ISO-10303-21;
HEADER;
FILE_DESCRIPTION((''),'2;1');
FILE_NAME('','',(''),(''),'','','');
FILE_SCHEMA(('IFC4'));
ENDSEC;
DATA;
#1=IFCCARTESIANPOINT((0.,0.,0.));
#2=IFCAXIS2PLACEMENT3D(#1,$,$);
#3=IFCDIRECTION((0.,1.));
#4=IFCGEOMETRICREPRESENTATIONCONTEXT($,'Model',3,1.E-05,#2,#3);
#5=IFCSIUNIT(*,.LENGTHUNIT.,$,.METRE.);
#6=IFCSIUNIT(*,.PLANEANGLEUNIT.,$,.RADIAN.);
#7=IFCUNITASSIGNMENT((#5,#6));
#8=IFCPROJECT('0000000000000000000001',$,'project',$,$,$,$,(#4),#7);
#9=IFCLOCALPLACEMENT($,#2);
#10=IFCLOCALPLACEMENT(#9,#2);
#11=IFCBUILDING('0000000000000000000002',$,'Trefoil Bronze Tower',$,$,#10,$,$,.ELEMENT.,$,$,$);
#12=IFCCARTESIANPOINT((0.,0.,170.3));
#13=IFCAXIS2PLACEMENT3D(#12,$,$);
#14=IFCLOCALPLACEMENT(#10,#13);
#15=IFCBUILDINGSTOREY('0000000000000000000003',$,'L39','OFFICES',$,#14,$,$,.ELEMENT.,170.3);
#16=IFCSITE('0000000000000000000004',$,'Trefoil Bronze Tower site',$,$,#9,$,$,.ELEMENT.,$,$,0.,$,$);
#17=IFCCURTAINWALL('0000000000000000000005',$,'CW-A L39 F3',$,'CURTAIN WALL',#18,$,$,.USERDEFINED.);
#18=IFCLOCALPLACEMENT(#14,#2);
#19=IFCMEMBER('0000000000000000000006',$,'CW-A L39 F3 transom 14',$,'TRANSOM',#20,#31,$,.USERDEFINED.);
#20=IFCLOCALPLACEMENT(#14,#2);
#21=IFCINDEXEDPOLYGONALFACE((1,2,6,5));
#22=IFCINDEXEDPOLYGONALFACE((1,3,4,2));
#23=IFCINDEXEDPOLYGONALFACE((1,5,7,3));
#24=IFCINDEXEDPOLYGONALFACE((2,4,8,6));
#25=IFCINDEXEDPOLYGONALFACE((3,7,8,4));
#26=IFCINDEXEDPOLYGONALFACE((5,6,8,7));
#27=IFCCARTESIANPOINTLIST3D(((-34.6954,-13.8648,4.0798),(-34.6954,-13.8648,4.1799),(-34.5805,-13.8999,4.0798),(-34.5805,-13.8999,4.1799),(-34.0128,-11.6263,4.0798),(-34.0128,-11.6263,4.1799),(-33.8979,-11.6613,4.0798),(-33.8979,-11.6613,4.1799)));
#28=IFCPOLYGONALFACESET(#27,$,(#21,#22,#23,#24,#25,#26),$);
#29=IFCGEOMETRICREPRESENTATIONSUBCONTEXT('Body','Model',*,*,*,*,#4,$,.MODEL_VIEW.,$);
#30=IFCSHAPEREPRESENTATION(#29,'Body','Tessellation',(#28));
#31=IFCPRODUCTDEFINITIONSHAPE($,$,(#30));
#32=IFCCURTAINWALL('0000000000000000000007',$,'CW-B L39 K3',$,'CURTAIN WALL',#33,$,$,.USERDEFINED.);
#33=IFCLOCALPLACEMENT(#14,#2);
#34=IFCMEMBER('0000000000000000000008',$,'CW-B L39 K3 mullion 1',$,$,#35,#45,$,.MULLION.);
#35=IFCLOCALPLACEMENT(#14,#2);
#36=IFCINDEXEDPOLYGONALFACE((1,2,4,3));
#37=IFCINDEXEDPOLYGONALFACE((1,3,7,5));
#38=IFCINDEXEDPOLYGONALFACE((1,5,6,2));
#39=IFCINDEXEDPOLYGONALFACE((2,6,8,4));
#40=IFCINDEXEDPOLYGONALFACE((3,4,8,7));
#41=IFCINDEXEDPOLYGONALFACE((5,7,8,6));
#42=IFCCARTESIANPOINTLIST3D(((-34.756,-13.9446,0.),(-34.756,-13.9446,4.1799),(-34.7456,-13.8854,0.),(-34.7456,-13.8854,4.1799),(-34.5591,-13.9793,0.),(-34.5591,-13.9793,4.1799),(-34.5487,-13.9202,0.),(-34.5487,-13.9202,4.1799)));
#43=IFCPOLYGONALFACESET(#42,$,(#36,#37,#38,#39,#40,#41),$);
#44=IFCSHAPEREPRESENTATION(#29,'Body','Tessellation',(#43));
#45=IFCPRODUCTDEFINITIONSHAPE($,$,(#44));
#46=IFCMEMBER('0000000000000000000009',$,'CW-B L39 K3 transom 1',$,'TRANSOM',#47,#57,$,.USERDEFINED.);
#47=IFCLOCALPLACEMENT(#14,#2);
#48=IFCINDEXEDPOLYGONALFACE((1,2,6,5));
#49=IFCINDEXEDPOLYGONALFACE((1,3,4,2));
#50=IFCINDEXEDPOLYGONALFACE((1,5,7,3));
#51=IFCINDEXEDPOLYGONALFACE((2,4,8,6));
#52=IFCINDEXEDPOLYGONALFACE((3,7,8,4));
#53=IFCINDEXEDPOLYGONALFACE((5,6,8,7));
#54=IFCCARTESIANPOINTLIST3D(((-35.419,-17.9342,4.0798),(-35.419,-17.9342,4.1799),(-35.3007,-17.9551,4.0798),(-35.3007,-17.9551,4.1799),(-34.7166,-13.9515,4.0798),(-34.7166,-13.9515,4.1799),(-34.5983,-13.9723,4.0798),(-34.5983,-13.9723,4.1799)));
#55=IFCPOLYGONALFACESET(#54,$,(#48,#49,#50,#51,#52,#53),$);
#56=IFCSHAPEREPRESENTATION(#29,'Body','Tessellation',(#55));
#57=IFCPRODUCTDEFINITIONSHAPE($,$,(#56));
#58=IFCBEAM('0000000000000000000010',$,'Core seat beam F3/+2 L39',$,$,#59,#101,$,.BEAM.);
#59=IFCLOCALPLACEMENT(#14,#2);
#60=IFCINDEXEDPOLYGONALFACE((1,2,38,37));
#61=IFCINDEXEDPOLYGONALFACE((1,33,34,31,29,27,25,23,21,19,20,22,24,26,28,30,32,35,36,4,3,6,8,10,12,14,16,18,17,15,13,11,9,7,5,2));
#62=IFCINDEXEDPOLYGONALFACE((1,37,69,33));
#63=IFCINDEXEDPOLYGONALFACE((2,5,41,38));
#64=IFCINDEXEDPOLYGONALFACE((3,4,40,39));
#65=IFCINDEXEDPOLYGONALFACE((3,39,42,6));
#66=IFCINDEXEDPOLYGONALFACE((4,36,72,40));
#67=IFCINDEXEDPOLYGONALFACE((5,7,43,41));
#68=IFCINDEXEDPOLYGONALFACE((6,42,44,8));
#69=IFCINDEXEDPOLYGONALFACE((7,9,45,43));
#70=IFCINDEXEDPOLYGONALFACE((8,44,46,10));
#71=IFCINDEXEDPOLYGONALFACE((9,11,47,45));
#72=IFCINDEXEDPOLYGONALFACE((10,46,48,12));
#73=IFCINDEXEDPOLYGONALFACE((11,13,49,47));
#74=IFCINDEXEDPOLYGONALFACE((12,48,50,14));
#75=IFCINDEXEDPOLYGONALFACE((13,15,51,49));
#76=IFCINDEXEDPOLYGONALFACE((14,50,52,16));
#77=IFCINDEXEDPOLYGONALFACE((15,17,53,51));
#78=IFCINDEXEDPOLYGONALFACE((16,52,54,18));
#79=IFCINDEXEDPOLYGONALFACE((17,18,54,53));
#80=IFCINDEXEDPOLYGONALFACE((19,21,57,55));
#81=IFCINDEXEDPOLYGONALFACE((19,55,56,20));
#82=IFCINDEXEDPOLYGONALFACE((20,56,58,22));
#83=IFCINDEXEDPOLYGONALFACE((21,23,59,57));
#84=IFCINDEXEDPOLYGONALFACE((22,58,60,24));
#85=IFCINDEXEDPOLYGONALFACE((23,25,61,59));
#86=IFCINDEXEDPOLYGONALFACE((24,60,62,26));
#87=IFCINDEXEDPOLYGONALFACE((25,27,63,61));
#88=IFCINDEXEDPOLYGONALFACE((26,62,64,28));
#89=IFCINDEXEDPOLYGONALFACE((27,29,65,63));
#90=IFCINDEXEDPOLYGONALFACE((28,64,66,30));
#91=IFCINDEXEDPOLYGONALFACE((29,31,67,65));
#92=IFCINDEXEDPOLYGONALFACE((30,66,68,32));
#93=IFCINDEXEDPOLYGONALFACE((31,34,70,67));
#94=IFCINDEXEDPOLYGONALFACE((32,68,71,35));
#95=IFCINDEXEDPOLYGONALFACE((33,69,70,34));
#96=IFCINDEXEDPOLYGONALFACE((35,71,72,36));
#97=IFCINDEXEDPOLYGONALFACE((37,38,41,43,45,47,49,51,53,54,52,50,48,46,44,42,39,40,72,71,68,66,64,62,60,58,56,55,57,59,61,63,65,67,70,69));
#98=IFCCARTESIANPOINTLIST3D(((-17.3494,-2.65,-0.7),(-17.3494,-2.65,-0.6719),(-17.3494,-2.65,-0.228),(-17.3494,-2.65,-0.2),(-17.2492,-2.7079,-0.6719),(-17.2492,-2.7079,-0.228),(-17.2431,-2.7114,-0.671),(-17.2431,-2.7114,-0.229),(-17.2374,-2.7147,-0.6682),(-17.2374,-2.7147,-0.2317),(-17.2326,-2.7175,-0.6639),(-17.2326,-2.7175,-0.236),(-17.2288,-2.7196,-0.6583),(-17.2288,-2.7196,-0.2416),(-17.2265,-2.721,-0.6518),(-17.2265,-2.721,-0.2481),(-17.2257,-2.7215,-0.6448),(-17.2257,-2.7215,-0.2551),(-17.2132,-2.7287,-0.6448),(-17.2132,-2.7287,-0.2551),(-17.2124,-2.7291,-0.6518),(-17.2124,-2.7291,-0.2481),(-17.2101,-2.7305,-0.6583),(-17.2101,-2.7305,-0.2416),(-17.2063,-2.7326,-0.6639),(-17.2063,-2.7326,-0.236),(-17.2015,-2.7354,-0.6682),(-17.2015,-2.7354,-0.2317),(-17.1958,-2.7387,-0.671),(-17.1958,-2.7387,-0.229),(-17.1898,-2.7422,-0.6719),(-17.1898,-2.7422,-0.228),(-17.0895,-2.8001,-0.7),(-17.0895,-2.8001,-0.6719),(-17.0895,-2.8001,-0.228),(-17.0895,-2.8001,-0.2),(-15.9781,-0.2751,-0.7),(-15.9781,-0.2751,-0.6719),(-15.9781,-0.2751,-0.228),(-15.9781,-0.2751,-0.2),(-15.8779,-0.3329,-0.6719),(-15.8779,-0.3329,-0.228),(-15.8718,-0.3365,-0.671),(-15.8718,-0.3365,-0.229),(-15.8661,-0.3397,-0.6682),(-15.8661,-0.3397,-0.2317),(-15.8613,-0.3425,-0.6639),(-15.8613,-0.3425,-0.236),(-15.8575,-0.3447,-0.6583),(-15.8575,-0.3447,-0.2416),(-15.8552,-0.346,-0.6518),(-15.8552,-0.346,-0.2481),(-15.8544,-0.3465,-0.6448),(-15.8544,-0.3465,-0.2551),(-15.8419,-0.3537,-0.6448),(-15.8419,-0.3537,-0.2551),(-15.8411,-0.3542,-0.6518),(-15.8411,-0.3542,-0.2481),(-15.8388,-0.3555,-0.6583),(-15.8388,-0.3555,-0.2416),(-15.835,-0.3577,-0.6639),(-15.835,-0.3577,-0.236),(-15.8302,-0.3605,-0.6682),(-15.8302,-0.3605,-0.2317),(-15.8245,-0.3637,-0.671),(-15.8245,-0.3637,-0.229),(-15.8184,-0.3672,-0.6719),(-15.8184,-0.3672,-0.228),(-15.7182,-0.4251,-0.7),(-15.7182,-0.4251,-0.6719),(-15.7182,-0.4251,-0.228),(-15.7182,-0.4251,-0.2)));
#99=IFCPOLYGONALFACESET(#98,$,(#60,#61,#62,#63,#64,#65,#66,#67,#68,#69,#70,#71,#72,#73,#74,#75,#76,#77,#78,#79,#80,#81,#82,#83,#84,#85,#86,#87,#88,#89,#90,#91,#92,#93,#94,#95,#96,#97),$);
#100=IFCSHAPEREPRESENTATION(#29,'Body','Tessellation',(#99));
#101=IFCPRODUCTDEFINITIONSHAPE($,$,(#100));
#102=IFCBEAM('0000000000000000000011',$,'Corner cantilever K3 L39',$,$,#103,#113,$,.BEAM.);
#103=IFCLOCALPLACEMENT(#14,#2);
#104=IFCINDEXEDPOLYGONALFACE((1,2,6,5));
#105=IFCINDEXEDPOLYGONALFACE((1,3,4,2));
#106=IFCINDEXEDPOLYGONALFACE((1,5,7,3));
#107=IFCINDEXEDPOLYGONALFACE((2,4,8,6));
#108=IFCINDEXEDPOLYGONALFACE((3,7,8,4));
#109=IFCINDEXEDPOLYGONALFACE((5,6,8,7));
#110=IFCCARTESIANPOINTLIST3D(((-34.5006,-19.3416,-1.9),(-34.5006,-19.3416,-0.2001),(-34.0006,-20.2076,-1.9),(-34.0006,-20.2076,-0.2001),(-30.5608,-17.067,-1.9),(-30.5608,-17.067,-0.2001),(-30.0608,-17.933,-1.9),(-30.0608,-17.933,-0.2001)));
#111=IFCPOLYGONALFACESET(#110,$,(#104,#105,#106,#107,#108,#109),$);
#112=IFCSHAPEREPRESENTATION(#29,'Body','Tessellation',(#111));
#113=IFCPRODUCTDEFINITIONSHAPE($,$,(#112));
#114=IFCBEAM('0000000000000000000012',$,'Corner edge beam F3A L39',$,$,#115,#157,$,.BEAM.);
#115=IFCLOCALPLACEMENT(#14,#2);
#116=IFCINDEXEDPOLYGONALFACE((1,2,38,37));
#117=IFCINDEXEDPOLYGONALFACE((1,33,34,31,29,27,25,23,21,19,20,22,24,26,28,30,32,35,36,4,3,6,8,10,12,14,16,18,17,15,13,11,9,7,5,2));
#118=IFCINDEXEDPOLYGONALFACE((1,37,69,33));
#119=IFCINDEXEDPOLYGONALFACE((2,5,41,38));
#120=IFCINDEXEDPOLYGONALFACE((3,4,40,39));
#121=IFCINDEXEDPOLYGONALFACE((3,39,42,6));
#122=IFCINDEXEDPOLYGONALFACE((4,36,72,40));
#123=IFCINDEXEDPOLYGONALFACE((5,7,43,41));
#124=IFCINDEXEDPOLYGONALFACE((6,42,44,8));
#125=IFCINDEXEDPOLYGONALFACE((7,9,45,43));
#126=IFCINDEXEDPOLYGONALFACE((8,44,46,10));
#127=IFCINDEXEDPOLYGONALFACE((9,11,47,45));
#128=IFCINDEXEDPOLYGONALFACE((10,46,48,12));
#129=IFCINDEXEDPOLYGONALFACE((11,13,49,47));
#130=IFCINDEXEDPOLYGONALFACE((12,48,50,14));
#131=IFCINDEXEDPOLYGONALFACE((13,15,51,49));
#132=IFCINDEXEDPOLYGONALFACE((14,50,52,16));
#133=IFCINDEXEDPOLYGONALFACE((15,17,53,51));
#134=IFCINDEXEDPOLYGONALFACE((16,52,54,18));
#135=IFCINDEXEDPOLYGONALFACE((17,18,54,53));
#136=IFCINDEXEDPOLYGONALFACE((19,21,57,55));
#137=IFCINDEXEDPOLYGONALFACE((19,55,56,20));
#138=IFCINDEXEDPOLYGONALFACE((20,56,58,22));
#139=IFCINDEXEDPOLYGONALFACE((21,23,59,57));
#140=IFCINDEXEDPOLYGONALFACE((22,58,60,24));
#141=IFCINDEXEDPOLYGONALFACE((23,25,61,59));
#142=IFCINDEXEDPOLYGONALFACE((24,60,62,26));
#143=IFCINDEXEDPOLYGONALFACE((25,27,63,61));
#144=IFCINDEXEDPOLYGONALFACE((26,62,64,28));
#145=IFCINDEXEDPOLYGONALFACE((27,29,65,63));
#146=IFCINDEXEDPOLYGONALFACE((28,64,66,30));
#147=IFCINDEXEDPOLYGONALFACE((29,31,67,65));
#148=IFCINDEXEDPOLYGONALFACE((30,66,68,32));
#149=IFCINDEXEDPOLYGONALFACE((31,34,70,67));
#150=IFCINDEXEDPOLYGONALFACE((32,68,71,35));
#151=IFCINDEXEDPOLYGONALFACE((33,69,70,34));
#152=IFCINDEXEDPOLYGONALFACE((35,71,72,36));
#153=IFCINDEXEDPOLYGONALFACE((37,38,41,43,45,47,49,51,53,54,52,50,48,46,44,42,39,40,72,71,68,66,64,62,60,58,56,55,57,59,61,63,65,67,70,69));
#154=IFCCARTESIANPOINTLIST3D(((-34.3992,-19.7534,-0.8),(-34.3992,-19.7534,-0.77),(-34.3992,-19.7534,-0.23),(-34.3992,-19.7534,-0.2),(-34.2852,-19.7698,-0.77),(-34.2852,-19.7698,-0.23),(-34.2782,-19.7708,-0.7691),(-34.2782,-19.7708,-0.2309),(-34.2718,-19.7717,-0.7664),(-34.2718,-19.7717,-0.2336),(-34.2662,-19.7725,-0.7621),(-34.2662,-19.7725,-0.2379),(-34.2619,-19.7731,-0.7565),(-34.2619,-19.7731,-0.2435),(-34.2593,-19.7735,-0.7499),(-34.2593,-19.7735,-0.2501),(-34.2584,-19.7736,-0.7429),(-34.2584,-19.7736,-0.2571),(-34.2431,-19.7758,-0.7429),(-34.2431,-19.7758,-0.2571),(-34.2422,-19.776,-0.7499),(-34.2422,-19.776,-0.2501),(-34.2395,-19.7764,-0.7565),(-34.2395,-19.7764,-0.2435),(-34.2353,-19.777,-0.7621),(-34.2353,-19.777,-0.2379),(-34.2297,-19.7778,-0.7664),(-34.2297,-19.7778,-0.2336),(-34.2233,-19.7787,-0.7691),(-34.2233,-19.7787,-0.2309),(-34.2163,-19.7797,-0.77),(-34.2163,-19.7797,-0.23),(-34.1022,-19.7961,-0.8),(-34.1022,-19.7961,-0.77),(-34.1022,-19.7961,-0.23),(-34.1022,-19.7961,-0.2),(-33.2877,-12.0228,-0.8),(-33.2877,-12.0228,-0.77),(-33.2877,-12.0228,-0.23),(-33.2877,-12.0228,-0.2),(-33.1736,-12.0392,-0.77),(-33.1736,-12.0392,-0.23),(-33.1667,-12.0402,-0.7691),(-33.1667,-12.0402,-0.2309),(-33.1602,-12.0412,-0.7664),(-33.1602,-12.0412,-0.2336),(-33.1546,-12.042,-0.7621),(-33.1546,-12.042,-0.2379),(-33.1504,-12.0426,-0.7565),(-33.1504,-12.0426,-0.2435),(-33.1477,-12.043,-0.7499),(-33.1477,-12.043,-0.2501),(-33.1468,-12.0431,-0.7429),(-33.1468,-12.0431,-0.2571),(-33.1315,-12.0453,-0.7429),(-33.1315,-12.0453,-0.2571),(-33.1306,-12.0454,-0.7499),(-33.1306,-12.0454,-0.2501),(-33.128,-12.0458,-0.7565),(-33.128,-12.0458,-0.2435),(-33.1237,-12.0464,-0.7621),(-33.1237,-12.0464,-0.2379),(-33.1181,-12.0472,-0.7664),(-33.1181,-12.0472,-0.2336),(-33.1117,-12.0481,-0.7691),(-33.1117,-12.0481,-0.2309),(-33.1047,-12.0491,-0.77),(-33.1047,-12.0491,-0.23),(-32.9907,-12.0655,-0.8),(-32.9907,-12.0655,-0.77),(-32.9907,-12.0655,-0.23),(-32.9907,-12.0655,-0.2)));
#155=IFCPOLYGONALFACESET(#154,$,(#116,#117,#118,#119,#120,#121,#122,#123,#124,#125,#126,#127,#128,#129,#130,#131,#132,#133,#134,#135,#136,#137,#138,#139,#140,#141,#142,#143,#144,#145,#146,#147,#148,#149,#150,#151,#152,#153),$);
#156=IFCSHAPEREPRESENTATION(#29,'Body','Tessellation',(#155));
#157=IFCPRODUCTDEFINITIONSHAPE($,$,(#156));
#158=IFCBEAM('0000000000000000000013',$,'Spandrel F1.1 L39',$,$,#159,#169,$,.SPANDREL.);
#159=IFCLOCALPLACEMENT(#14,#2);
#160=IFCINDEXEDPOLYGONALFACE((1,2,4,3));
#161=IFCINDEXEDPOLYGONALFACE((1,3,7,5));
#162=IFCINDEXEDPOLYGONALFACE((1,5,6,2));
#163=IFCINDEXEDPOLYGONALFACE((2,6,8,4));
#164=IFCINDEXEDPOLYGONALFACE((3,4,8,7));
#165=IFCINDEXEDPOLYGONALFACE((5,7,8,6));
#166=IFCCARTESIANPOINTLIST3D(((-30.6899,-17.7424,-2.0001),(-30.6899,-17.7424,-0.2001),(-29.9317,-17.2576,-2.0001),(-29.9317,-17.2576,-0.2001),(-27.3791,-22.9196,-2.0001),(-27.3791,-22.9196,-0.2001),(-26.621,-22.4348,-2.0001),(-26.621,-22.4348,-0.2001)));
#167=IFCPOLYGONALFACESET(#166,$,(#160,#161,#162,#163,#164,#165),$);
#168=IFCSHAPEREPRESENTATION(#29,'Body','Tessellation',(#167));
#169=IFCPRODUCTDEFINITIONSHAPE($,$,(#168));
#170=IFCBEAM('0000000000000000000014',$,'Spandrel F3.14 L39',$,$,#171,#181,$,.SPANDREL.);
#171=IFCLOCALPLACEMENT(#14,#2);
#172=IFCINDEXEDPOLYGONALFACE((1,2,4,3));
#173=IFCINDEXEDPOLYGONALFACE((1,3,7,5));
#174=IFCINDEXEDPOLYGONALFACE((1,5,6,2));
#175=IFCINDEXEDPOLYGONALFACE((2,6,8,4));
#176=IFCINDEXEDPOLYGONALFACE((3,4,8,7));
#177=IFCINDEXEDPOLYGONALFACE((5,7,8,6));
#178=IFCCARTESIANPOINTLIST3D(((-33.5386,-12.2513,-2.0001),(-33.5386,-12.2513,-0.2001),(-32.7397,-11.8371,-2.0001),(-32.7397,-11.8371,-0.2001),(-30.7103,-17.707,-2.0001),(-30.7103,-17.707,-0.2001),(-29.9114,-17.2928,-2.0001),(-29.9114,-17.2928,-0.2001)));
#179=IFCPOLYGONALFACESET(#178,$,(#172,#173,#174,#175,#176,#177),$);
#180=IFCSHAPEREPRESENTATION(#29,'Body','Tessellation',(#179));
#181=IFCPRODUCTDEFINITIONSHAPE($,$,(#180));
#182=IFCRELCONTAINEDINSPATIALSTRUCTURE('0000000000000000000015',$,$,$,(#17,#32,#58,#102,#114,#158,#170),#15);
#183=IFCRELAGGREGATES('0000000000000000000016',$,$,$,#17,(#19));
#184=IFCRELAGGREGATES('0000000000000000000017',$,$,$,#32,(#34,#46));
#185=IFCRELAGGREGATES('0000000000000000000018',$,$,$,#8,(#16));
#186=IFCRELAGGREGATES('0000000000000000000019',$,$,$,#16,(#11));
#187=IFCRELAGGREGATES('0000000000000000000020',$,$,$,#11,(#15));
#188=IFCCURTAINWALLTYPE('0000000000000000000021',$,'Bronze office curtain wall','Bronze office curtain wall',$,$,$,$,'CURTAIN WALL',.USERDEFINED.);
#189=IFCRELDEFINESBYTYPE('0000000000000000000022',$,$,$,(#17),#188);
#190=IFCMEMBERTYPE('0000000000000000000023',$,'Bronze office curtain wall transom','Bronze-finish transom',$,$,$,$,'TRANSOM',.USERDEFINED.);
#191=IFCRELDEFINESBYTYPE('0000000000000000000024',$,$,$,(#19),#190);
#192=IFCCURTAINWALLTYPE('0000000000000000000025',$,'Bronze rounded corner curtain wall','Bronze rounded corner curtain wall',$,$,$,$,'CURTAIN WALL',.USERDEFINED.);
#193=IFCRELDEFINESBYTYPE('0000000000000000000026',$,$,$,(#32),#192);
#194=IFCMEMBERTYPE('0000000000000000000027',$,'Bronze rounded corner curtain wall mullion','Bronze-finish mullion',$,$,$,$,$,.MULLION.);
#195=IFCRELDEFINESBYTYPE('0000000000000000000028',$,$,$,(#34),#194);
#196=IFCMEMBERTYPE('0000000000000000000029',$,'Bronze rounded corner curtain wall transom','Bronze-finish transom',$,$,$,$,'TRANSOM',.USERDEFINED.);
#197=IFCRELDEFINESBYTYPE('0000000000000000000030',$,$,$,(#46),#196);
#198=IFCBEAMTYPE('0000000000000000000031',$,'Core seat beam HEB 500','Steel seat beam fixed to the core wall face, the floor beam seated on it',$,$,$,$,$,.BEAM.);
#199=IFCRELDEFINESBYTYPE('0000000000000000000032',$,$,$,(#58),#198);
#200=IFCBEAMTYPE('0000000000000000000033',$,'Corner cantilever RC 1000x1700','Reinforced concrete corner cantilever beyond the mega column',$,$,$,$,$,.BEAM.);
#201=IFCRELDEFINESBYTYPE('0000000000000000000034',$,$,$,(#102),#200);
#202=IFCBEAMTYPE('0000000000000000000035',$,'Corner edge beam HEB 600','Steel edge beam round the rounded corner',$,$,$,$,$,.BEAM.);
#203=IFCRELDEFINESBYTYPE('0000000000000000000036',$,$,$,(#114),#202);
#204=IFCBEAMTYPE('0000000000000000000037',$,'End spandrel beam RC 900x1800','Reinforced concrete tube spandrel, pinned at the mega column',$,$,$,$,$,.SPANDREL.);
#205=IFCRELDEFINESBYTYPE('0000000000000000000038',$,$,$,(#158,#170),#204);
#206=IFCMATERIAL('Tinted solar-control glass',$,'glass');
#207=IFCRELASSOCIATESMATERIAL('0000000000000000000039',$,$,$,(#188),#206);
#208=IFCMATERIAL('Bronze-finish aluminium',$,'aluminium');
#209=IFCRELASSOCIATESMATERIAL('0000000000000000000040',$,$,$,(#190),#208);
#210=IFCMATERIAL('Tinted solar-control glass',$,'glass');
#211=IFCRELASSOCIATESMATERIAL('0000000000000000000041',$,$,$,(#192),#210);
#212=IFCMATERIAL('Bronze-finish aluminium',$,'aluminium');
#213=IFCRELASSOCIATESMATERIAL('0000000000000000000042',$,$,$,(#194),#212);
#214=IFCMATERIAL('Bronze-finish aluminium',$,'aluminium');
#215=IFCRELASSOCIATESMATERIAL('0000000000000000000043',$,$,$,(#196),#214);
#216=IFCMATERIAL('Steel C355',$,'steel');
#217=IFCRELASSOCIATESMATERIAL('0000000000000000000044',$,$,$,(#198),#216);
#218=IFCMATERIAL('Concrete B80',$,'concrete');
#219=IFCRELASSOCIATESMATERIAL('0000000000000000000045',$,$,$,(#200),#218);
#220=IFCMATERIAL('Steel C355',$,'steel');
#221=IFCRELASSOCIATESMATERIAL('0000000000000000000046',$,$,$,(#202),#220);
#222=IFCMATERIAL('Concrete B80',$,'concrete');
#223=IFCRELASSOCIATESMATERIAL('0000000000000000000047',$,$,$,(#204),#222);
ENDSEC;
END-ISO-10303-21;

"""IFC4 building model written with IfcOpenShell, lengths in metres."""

from ifc_helpers import new_model, si_unit, direction, frame, origin, origin_2d, place, context, subcontext, project, spatial, rectangle, i_section, extrude, material, material_profile, profile_set, type_object, element, aggregate, save


model = new_model("IFC4")

# Units and contexts
model_context = context("Model", 3, precision=1e-05, world=origin(), true_north=direction((0.0, 1.0)))
body_context = subcontext(model_context, "Body", "Model", "MODEL_VIEW")
ifc_project = project(units=[si_unit("LENGTHUNIT", "METRE"), si_unit("PLANEANGLEUNIT", "RADIAN")], contexts=[model_context])

# Site, building, storey
site_placement = place(None, origin())
site = spatial("IfcSite", under=ifc_project, at=site_placement, Name="Trefoil Bronze Tower site", CompositionType="ELEMENT", RefElevation=0.0)
building_placement = place(site_placement, origin())
building = spatial("IfcBuilding", under=site, at=building_placement, Name="Trefoil Bronze Tower", CompositionType="ELEMENT")
storey_placement = place(building_placement, frame((0.0, 0.0, 170.3)))
storey = spatial("IfcBuildingStorey", under=building, at=storey_placement, Name="L39", Description="OFFICES", CompositionType="ELEMENT", Elevation=170.3)

# Curtain walls, members
ifc_material_1 = material(Name="Tinted solar-control glass", Category="glass")
curtain_wall_type_1 = type_object("IfcCurtainWallType", Name="Bronze office curtain wall", Description="Bronze office curtain wall", ElementType="CURTAIN WALL", PredefinedType="USERDEFINED", material=ifc_material_1)
curtain_wall_1_placement = place(storey_placement, origin())
curtain_wall_1 = element("IfcCurtainWall", 1, at=curtain_wall_1_placement, inside=storey, type_object=curtain_wall_type_1, Name="CW-A L39 F3", ObjectType="CURTAIN WALL", PredefinedType="USERDEFINED")
ifc_material_2 = material(Name="Bronze-finish aluminium", Category="aluminium")
ifc_material_profile_1 = material_profile(ifc_material_2, rectangle(XDim=0.1201, YDim=0.1001, at=origin_2d()), Name="CW-A transom")
ifc_profile_set_1 = profile_set([ifc_material_profile_1], Name="Bronze-finish aluminium")
member_type_1 = type_object("IfcMemberType", Name="Bronze office curtain wall transom", Description="Bronze-finish transom", ElementType="TRANSOM", PredefinedType="USERDEFINED", material=ifc_profile_set_1)
member_1_placement = place(storey_placement, frame((-33.9553, -11.6438, 4.1299), z_axis=(-0.29168, -0.956516, 0.0), x_axis=(0.956516, -0.29168, 0.0)))
member_1 = element("IfcMember", 2, at=member_1_placement, type_object=member_type_1, Name="CW-A L39 F3 transom 14", ObjectType="TRANSOM", PredefinedType="USERDEFINED", context=body_context, shape_type="SweptSolid", body=[
    extrude(rectangle(XDim=0.1201, YDim=0.1001, at=origin_2d()), origin(), (0.0, 0.0, 1.0), 2.3403),
])
ifc_material_3 = material(Name="Tinted solar-control glass", Category="glass")
curtain_wall_type_2 = type_object("IfcCurtainWallType", Name="Bronze rounded corner curtain wall", Description="Bronze rounded corner curtain wall", ElementType="CURTAIN WALL", PredefinedType="USERDEFINED", material=ifc_material_3)
curtain_wall_2_placement = place(storey_placement, origin())
curtain_wall_2 = element("IfcCurtainWall", 3, at=curtain_wall_2_placement, inside=storey, type_object=curtain_wall_type_2, Name="CW-B L39 K3", ObjectType="CURTAIN WALL", PredefinedType="USERDEFINED")
ifc_material_4 = material(Name="Bronze-finish aluminium", Category="aluminium")
ifc_material_profile_2 = material_profile(ifc_material_4, rectangle(XDim=0.2, YDim=0.0601, at=origin_2d()), Name="CW-B mullion")
ifc_profile_set_2 = profile_set([ifc_material_profile_2], Name="Bronze-finish aluminium")
member_type_2 = type_object("IfcMemberType", Name="Bronze rounded corner curtain wall mullion", Description="Bronze-finish mullion", PredefinedType="MULLION", material=ifc_profile_set_2)
member_2_placement = place(storey_placement, frame((-34.6523, -13.9324, 0.0), z_axis=(0.0, 0.0, 1.0), x_axis=(0.984808, -0.173648, 0.0)))
member_2 = element("IfcMember", 4, at=member_2_placement, type_object=member_type_2, Name="CW-B L39 K3 mullion 1", PredefinedType="MULLION", context=body_context, shape_type="SweptSolid", body=[
    extrude(rectangle(XDim=0.2, YDim=0.0601, at=origin_2d()), origin(), (0.0, 0.0, 1.0), 4.1799),
])
ifc_material_5 = material(Name="Bronze-finish aluminium", Category="aluminium")
ifc_material_profile_3 = material_profile(ifc_material_5, rectangle(XDim=0.1201, YDim=0.1001, at=origin_2d()), Name="CW-B transom")
ifc_profile_set_3 = profile_set([ifc_material_profile_3], Name="Bronze-finish aluminium")
member_type_3 = type_object("IfcMemberType", Name="Bronze rounded corner curtain wall transom", Description="Bronze-finish transom", ElementType="TRANSOM", PredefinedType="USERDEFINED", material=ifc_profile_set_3)
member_3_placement = place(storey_placement, frame((-34.6575, -13.9619, 4.1299), z_axis=(-0.173682, -0.984802, 0.0), x_axis=(0.984802, -0.173682, 0.0)))
member_3 = element("IfcMember", 5, at=member_3_placement, type_object=member_type_3, Name="CW-B L39 K3 transom 1", ObjectType="TRANSOM", PredefinedType="USERDEFINED", context=body_context, shape_type="SweptSolid", body=[
    extrude(rectangle(XDim=0.1201, YDim=0.1001, at=origin_2d()), origin(), (0.0, 0.0, 1.0), 4.0442),
])

# Beams
ifc_material_6 = material(Name="Steel C355", Category="steel")
ifc_material_profile_4 = material_profile(ifc_material_6, i_section(OverallWidth=0.3, OverallDepth=0.5, WebThickness=0.0144, FlangeThickness=0.0281, FilletRadius=0.0271, at=origin_2d()), Name="HEB 500")
ifc_profile_set_4 = profile_set([ifc_material_profile_4], Name="Steel C355")
beam_type_1 = type_object("IfcBeamType", Name="Core seat beam HEB 500", Description="Steel seat beam fixed to the core wall face, the floor beam seated on it", PredefinedType="BEAM", material=ifc_profile_set_4)
beam_1_placement = place(storey_placement, frame((-15.8481, -0.3501, -0.45), z_axis=(-0.500036, -0.866005, 0.0), x_axis=(0.866005, -0.500036, 0.0)))
element("IfcBeam", 6, at=beam_1_placement, inside=storey, type_object=beam_type_1, Name="Core seat beam F3/+2 L39", PredefinedType="BEAM", context=body_context, shape_type="SweptSolid", body=[
    extrude(i_section(OverallWidth=0.3, OverallDepth=0.5, WebThickness=0.0144, FlangeThickness=0.0281, FilletRadius=0.0271, at=origin_2d()), origin(), (0.0, 0.0, 1.0), 2.7424),
])
ifc_material_7 = material(Name="Concrete B80", Category="concrete")
ifc_material_profile_5 = material_profile(ifc_material_7, rectangle(XDim=1.0, YDim=1.7, at=origin_2d()), Name="RC 1000x1700")
ifc_profile_set_5 = profile_set([ifc_material_profile_5], Name="Concrete B80")
beam_type_2 = type_object("IfcBeamType", Name="Corner cantilever RC 1000x1700", Description="Reinforced concrete corner cantilever beyond the mega column", PredefinedType="BEAM", material=ifc_profile_set_5)
beam_2_placement = place(storey_placement, frame((-30.3108, -17.5, -1.05), z_axis=(-0.866032, -0.499989, 0.0), x_axis=(0.499989, -0.866032, 0.0)))
element("IfcBeam", 7, at=beam_2_placement, inside=storey, type_object=beam_type_2, Name="Corner cantilever K3 L39", PredefinedType="BEAM", context=body_context, shape_type="SweptSolid", body=[
    extrude(rectangle(XDim=1.0, YDim=1.7, at=origin_2d()), origin(), (0.0, 0.0, 1.0), 4.5493),
])
ifc_material_8 = material(Name="Steel C355", Category="steel")
ifc_material_profile_6 = material_profile(ifc_material_8, i_section(OverallWidth=0.3, OverallDepth=0.6001, WebThickness=0.0154, FlangeThickness=0.03, FilletRadius=0.0271, at=origin_2d()), Name="HEB 600")
ifc_profile_set_6 = profile_set([ifc_material_profile_6], Name="Steel C355")
beam_type_3 = type_object("IfcBeamType", Name="Corner edge beam HEB 600", Description="Steel edge beam round the rounded corner", PredefinedType="BEAM", material=ifc_profile_set_6)
beam_3_placement = place(storey_placement, frame((-33.1392, -12.0442, -0.5), z_axis=(-0.142327, -0.98982, 0.0), x_axis=(0.98982, -0.142327, 0.0)))
element("IfcBeam", 8, at=beam_3_placement, inside=storey, type_object=beam_type_3, Name="Corner edge beam F3A L39", PredefinedType="BEAM", context=body_context, shape_type="SweptSolid", body=[
    extrude(i_section(OverallWidth=0.3, OverallDepth=0.6001, WebThickness=0.0154, FlangeThickness=0.03, FilletRadius=0.0271, at=origin_2d()), origin(), (0.0, 0.0, 1.0), 7.8101),
])
ifc_material_9 = material(Name="Concrete B80", Category="concrete")
ifc_material_profile_7 = material_profile(ifc_material_9, rectangle(XDim=0.8999, YDim=1.8, at=origin_2d()), Name="RC 900x1800")
ifc_profile_set_7 = profile_set([ifc_material_profile_7], Name="Concrete B80")
beam_type_4 = type_object("IfcBeamType", Name="End spandrel beam RC 900x1800", Description="Reinforced concrete tube spandrel, pinned at the mega column", PredefinedType="SPANDREL", material=ifc_profile_set_7)
for number, where, z_axis, x_axis, name in (
    (9, (-30.3108, -17.5, -1.1001), (0.538748, -0.842467, 0.0), (0.842467, 0.538748, 0.0), "Spandrel F1.1 L39"),
    (10, (-33.1392, -12.0442, -1.1001), (0.460244, -0.887792, 0.0), (0.887792, 0.460244, 0.0), "Spandrel F3.14 L39"),
):
    element("IfcBeam", number, at=place(storey_placement, frame(where, z_axis=z_axis, x_axis=x_axis)), inside=storey, type_object=beam_type_4, Name=name, PredefinedType="SPANDREL", context=body_context, shape_type="SweptSolid", body=[
        extrude(rectangle(XDim=0.8999, YDim=1.8, at=origin_2d()), origin(), (0.0, 0.0, 1.0), 6.1453),
    ])

aggregate(curtain_wall_1, [member_1])
aggregate(curtain_wall_2, [member_2, member_3])

save(model, "model.ifc")
